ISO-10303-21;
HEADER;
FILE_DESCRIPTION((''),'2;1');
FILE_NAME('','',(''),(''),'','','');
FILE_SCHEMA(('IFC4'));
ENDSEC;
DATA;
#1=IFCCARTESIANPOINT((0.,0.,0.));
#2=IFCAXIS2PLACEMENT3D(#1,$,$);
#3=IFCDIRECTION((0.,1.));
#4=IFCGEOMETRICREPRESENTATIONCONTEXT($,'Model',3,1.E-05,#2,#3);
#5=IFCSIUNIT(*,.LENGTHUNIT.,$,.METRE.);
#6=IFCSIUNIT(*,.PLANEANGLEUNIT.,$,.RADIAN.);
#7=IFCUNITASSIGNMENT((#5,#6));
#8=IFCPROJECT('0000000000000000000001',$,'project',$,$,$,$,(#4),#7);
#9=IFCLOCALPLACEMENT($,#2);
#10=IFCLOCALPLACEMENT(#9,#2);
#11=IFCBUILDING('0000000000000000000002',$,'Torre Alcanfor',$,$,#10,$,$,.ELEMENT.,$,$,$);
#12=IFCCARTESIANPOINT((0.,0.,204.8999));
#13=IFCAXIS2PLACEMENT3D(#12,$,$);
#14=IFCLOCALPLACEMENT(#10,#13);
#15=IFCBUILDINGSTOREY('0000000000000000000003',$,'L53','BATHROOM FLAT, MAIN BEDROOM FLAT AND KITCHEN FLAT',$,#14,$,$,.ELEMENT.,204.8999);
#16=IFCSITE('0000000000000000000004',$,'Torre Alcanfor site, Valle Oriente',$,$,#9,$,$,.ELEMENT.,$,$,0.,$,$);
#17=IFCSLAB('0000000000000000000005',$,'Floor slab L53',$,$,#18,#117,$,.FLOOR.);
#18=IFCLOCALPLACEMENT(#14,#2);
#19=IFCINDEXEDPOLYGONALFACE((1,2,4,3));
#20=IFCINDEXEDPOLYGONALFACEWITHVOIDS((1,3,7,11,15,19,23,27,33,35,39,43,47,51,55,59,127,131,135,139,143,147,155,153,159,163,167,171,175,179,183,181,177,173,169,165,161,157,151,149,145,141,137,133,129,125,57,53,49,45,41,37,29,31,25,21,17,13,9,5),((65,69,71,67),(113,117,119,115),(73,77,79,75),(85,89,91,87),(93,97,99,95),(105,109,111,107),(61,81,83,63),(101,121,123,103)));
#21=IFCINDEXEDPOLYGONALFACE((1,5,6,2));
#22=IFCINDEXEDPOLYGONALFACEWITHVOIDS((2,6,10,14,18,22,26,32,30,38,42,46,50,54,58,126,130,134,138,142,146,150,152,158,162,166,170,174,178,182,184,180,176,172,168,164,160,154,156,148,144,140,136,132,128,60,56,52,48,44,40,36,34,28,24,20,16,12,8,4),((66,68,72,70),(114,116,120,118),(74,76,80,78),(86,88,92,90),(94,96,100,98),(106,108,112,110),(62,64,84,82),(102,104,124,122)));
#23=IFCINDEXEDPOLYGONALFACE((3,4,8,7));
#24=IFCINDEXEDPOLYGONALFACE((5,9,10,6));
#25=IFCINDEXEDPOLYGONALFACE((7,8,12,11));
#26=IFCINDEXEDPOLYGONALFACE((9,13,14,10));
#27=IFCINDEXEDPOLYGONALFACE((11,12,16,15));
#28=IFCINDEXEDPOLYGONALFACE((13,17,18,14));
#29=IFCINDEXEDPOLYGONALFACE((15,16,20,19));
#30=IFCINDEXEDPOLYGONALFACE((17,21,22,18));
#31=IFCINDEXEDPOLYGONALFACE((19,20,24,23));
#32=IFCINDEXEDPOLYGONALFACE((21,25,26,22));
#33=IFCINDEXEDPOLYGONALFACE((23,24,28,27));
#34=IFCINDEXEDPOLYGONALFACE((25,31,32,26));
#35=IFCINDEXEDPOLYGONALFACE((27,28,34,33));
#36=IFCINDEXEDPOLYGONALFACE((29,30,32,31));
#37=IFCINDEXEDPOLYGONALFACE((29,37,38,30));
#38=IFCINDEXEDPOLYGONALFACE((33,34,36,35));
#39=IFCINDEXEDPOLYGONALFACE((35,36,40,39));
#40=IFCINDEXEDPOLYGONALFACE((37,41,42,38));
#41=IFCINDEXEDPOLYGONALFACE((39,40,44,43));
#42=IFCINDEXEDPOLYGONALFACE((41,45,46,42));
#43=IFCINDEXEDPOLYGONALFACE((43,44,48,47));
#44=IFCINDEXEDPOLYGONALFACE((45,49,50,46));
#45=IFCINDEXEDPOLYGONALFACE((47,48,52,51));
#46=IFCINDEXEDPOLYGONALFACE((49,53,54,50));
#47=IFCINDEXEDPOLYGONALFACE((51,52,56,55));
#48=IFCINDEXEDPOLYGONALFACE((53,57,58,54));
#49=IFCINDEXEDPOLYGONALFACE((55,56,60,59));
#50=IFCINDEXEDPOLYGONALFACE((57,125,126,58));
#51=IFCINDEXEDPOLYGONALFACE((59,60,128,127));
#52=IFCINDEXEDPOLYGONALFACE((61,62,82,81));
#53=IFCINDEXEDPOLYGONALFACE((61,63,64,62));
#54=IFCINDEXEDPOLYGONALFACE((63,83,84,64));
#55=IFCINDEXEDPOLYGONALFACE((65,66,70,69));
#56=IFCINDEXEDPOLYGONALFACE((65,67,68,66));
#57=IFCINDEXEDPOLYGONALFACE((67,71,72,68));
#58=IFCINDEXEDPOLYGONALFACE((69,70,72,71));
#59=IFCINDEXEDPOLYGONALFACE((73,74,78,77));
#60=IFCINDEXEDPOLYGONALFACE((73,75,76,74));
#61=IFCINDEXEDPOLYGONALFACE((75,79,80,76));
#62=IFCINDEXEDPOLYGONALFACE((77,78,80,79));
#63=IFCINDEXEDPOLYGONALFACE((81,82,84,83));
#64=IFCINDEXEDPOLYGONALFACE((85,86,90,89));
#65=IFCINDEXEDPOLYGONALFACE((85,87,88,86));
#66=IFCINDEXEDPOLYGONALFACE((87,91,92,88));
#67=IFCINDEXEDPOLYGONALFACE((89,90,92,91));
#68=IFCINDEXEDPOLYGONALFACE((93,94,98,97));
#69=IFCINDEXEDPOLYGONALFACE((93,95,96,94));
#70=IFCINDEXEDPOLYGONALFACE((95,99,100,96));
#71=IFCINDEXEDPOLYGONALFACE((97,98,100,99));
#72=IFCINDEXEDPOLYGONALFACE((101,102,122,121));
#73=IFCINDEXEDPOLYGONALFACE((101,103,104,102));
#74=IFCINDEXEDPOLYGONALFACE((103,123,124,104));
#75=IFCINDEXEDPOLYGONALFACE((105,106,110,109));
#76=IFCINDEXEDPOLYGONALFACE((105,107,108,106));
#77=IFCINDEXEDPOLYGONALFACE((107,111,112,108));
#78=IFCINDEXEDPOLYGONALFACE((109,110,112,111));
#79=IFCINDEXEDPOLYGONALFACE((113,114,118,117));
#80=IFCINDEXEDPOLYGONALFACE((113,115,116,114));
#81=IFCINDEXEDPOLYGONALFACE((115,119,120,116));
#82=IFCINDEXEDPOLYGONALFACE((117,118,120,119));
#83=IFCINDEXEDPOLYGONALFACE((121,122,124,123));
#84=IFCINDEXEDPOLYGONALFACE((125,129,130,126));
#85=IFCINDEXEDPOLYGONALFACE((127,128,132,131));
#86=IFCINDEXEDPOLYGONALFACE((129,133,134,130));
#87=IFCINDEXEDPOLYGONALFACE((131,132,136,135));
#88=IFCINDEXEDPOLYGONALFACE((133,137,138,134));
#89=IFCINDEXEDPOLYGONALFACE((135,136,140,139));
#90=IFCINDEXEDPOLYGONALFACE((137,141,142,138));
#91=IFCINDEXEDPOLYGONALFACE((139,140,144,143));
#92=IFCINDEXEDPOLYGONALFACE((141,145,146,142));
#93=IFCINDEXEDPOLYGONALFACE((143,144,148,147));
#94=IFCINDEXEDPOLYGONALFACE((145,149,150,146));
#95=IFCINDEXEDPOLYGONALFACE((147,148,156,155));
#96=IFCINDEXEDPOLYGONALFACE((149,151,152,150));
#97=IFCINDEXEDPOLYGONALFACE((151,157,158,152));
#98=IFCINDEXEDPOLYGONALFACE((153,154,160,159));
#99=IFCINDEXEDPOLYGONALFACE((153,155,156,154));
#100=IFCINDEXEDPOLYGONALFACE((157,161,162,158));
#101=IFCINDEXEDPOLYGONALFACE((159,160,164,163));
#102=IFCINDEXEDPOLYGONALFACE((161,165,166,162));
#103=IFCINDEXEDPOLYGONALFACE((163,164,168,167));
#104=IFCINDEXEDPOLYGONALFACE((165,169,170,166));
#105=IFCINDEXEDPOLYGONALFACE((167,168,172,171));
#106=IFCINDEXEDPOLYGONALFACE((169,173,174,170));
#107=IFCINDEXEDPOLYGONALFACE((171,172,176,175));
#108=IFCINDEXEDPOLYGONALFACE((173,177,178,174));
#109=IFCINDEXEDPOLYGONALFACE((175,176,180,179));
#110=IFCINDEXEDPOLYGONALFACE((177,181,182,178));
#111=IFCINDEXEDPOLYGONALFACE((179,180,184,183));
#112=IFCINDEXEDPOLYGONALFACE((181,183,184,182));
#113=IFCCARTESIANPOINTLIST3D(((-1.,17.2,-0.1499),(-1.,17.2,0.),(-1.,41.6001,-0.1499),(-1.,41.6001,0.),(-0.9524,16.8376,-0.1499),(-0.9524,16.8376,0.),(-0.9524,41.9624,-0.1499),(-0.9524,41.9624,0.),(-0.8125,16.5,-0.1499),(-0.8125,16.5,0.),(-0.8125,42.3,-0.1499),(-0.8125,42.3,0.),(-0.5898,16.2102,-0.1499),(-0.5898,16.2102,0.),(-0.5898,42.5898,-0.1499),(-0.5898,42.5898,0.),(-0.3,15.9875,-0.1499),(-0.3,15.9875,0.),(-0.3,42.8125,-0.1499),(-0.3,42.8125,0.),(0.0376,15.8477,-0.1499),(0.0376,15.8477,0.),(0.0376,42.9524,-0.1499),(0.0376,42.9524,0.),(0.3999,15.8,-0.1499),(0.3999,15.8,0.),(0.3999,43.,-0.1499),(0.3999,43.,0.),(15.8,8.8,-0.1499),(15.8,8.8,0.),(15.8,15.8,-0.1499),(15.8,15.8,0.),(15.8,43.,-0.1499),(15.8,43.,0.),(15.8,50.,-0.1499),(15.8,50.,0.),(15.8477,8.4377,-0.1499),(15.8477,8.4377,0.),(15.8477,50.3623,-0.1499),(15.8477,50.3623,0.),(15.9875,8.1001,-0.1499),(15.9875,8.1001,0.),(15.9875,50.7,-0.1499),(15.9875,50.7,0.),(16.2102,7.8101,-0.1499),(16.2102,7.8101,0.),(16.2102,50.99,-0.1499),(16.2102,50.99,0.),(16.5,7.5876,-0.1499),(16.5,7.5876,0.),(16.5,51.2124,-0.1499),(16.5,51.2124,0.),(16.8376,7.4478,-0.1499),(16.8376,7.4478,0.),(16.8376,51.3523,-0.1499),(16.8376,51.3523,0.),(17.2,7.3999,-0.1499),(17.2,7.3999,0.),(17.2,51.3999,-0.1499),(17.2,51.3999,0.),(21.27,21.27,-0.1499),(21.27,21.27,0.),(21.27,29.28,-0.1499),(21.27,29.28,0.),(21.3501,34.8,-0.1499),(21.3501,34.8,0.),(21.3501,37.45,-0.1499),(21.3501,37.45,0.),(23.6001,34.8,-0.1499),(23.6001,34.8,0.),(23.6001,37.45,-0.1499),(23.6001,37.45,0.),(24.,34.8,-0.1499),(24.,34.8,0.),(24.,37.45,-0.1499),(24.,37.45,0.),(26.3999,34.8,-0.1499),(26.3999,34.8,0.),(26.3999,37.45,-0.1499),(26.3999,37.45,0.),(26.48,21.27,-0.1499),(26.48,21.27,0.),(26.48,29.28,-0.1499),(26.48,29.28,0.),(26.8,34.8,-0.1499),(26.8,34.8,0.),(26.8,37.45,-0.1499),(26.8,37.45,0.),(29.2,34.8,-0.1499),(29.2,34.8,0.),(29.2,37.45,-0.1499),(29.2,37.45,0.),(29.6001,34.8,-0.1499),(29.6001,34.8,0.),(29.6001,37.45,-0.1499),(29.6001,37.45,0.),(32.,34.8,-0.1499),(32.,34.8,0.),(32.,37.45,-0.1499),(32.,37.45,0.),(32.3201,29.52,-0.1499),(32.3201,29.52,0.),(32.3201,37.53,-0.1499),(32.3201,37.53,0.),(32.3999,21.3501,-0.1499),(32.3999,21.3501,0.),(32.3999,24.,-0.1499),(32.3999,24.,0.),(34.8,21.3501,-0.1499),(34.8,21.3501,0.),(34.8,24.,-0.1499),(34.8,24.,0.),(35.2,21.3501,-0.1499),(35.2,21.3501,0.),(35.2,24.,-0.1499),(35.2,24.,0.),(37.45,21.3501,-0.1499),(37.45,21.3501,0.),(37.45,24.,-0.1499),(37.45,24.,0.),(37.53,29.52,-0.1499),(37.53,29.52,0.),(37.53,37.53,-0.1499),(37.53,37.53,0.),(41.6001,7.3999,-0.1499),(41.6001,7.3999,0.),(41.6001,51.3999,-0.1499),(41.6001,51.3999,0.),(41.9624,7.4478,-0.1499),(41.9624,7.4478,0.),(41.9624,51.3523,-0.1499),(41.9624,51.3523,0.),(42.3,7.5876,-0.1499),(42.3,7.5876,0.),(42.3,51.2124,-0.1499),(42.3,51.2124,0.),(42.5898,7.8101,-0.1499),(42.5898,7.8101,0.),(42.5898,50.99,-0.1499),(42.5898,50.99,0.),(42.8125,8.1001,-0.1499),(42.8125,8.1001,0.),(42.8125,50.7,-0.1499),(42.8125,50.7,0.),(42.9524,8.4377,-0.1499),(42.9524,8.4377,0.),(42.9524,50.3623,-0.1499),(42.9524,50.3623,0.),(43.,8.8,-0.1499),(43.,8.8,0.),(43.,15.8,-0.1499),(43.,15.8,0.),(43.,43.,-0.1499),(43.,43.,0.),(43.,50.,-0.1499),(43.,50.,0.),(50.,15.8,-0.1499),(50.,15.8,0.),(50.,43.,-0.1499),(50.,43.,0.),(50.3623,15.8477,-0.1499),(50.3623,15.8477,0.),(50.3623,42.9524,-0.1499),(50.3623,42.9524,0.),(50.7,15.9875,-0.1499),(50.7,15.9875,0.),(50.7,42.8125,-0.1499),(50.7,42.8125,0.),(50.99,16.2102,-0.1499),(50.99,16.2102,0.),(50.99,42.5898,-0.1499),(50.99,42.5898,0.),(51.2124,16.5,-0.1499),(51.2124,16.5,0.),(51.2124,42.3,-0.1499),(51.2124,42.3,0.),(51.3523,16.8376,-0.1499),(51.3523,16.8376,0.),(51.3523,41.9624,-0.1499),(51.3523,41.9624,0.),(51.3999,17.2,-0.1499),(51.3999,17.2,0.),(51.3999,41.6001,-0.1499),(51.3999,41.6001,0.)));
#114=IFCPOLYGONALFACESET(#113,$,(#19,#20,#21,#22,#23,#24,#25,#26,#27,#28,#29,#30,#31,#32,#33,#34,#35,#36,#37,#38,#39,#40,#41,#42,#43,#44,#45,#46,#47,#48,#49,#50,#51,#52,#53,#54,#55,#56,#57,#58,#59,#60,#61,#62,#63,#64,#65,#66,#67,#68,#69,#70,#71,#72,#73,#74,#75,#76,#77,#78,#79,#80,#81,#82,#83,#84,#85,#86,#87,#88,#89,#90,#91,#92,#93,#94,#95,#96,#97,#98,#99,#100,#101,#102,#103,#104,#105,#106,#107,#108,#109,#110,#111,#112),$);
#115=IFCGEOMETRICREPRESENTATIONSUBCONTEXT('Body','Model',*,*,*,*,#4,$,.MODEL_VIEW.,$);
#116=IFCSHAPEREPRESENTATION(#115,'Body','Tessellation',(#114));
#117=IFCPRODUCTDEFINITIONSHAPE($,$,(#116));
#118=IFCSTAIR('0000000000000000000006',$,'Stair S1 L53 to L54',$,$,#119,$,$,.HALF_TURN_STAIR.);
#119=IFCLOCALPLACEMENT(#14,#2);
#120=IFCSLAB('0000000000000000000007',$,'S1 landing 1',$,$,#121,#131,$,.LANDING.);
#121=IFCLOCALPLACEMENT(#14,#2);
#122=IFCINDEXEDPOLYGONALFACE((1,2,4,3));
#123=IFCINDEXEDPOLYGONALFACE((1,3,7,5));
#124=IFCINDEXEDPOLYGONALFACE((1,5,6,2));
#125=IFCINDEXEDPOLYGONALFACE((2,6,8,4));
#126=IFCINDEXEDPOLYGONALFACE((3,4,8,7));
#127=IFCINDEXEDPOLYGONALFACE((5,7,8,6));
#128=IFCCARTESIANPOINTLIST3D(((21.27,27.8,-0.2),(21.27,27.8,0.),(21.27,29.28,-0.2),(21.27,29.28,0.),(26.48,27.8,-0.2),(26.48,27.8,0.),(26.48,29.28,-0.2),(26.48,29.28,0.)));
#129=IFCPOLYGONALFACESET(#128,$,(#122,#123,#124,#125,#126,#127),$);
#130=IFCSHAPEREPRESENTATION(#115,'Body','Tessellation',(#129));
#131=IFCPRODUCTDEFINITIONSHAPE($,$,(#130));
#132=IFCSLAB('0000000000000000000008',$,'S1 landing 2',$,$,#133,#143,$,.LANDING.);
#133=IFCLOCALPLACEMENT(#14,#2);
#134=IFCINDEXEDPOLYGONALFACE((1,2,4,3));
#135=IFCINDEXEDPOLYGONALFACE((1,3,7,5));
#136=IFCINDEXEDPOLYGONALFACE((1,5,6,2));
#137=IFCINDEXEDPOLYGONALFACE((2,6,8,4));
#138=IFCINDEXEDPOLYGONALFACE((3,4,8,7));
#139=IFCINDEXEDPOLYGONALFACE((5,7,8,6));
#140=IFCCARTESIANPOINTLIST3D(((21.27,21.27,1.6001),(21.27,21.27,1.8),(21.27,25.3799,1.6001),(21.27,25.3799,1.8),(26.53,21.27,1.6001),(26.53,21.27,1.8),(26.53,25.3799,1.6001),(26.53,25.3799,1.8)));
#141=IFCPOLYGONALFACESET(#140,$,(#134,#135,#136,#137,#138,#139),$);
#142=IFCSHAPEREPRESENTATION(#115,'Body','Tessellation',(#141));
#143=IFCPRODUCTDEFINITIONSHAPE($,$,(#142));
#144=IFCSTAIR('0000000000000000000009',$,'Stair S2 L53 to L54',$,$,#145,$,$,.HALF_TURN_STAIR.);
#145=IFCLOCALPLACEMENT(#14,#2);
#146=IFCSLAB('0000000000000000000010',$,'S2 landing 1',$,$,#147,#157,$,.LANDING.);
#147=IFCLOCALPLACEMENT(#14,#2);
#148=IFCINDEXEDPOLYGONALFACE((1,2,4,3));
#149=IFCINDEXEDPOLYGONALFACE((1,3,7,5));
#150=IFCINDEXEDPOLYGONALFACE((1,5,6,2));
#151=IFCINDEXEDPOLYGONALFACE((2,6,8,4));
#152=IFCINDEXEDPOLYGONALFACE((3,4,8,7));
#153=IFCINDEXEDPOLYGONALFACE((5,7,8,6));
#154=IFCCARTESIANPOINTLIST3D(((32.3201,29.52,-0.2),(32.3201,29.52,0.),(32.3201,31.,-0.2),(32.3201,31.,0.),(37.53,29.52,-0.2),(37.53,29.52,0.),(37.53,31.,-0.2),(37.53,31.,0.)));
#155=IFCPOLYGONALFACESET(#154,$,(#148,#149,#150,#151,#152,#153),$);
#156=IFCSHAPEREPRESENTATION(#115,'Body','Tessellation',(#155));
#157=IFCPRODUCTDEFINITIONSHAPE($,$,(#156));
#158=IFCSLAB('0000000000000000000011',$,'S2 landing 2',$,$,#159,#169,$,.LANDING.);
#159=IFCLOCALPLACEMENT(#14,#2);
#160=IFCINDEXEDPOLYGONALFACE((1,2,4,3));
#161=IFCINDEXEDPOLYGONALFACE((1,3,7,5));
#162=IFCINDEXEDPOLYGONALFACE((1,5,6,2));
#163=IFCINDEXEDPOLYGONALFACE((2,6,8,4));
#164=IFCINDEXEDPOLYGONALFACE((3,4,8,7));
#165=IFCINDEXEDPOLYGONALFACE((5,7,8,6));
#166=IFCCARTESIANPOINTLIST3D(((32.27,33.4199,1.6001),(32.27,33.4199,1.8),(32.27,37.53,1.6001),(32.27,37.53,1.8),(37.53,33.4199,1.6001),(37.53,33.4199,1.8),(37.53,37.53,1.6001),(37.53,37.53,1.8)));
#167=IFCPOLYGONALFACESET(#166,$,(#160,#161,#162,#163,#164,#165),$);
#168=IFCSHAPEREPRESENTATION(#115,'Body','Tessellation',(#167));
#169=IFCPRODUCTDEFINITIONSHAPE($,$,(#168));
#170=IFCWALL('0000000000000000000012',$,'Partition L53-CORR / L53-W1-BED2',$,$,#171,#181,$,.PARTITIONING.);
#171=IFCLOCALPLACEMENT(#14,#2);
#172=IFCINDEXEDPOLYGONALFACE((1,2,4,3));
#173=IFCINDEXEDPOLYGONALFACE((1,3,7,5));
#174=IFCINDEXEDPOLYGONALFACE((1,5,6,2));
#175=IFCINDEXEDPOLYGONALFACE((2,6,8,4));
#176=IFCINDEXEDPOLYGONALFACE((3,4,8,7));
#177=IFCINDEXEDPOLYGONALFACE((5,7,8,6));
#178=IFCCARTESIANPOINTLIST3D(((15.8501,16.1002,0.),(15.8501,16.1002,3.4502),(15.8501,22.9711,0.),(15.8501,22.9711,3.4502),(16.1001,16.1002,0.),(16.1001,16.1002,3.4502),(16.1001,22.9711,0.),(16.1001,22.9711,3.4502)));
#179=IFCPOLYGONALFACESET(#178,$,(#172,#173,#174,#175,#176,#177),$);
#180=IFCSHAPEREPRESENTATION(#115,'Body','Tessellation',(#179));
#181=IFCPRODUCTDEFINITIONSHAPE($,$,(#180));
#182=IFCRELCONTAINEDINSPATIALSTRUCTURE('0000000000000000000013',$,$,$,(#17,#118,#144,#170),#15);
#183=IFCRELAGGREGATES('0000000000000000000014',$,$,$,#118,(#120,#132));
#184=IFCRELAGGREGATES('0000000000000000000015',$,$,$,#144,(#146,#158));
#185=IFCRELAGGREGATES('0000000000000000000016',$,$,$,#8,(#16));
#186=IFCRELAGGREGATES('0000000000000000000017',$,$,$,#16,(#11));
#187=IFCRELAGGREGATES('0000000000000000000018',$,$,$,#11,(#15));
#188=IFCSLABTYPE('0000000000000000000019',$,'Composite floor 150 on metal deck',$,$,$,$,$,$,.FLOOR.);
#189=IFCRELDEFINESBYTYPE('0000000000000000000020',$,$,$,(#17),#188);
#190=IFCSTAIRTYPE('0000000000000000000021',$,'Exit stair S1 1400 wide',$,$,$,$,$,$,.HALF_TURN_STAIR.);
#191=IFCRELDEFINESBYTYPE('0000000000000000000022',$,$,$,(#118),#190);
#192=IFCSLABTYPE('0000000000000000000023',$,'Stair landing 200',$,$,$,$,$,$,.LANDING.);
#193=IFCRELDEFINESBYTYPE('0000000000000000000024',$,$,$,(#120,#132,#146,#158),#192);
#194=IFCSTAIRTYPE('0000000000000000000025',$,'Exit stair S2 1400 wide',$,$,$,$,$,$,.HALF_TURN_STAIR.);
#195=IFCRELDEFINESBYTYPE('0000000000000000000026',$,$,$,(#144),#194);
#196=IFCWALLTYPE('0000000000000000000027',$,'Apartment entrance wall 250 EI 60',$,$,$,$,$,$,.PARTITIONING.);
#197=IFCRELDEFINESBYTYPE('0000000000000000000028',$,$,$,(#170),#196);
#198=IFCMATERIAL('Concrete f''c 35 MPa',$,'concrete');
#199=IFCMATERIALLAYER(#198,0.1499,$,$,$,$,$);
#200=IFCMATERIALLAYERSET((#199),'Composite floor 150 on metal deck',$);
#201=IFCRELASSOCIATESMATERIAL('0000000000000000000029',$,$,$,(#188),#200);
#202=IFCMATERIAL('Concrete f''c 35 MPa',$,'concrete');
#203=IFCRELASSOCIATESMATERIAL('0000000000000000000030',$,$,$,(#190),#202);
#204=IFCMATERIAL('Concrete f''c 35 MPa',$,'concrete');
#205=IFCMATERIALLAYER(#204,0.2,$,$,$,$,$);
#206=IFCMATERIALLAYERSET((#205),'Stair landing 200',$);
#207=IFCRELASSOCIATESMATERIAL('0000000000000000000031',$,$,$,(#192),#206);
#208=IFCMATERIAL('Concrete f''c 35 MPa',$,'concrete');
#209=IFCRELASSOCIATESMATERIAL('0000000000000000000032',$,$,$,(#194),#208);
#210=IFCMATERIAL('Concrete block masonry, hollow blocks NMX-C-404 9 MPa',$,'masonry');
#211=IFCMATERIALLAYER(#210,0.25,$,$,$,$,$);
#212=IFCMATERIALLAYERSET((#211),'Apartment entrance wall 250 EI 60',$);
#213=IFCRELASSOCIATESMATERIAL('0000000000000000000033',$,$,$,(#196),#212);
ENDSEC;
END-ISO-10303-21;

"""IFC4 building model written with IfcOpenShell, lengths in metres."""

from ifc_helpers import new_model, si_unit, direction, frame, frame_2d, origin, place, context, subcontext, project, spatial, polyline, rectangle, outline, extrude, material, layer, layer_set, type_object, element, aggregate, save


model = new_model("IFC4")

# Units and contexts
model_context = context("Model", 3, precision=1e-05, world=origin(), true_north=direction((0.0, 1.0)))
body_context = subcontext(model_context, "Body", "Model", "MODEL_VIEW")
ifc_project = project(units=[si_unit("LENGTHUNIT", "METRE"), si_unit("PLANEANGLEUNIT", "RADIAN")], contexts=[model_context])

# Site, building, storey
site_placement = place(None, origin())
site = spatial("IfcSite", under=ifc_project, at=site_placement, Name="Torre Alcanfor site, Valle Oriente", CompositionType="ELEMENT", RefElevation=0.0)
building_placement = place(site_placement, origin())
building = spatial("IfcBuilding", under=site, at=building_placement, Name="Torre Alcanfor", CompositionType="ELEMENT")
storey_placement = place(building_placement, frame((0.0, 0.0, 204.8999)))
storey = spatial("IfcBuildingStorey", under=building, at=storey_placement, Name="L53", Description="BATHROOM FLAT, MAIN BEDROOM FLAT AND KITCHEN FLAT", CompositionType="ELEMENT", Elevation=204.8999)

# Slab
ifc_material_1 = material(Name="Concrete f'c 35 MPa", Category="concrete")
ifc_layer_1 = layer(ifc_material_1, 0.1499)
ifc_layer_set_1 = layer_set([ifc_layer_1], Name="Composite floor 150 on metal deck")
slab_type_1 = type_object("IfcSlabType", Name="Composite floor 150 on metal deck", PredefinedType="FLOOR", material=ifc_layer_set_1)
slab_1_placement = place(storey_placement, frame((0.0, 0.0, -0.1499)))
element("IfcSlab", 1, at=slab_1_placement, inside=storey, type_object=slab_type_1, Name="Floor slab L53", PredefinedType="FLOOR", context=body_context, shape_type="SweptSolid", body=[
    extrude(outline(polyline([(15.8, 43.0), (0.3999, 43.0), (0.0376, 42.9524), (-0.3, 42.8125), (-0.5898, 42.5898), (-0.8125, 42.3), (-0.9524, 41.9624), (-1.0, 41.6001), (-1.0, 17.2), (-0.9524, 16.8376), (-0.8125, 16.5), (-0.5898, 16.2102), (-0.3, 15.9875), (0.0376, 15.8477), (0.3999, 15.8), (15.8, 15.8), (15.8, 8.8), (15.8477, 8.4377), (15.9875, 8.1001), (16.2102, 7.8101), (16.5, 7.5876), (16.8376, 7.4478), (17.2, 7.3999), (41.6001, 7.3999), (41.9624, 7.4478), (42.3, 7.5876), (42.5898, 7.8101), (42.8125, 8.1001), (42.9524, 8.4377), (43.0, 8.8), (43.0, 15.8), (50.0, 15.8), (50.3623, 15.8477), (50.7, 15.9875), (50.99, 16.2102), (51.2124, 16.5), (51.3523, 16.8376), (51.3999, 17.2), (51.3999, 41.6001), (51.3523, 41.9624), (51.2124, 42.3), (50.99, 42.5898), (50.7, 42.8125), (50.3623, 42.9524), (50.0, 43.0), (43.0, 43.0), (43.0, 50.0), (42.9524, 50.3623), (42.8125, 50.7), (42.5898, 50.99), (42.3, 51.2124), (41.9624, 51.3523), (41.6001, 51.3999), (17.2, 51.3999), (16.8376, 51.3523), (16.5, 51.2124), (16.2102, 50.99), (15.9875, 50.7), (15.8477, 50.3623), (15.8, 50.0), (15.8, 43.0)]), holes=[polyline([(21.27, 21.27), (26.48, 21.27), (26.48, 29.28), (21.27, 29.28), (21.27, 21.27)]), polyline([(32.3201, 29.52), (37.53, 29.52), (37.53, 37.53), (32.3201, 37.53), (32.3201, 29.52)]), polyline([(32.3999, 21.3501), (34.8, 21.3501), (34.8, 24.0), (32.3999, 24.0), (32.3999, 21.3501)]), polyline([(35.2, 21.3501), (37.45, 21.3501), (37.45, 24.0), (35.2, 24.0), (35.2, 21.3501)]), polyline([(21.3501, 34.8), (23.6001, 34.8), (23.6001, 37.45), (21.3501, 37.45), (21.3501, 34.8)]), polyline([(24.0, 34.8), (26.3999, 34.8), (26.3999, 37.45), (24.0, 37.45), (24.0, 34.8)]), polyline([(26.8, 34.8), (29.2, 34.8), (29.2, 37.45), (26.8, 37.45), (26.8, 34.8)]), polyline([(29.6001, 34.8), (32.0, 34.8), (32.0, 37.45), (29.6001, 37.45), (29.6001, 34.8)])]), origin(), (0.0, 0.0, 1.0), 0.1499),
])

# Stairs, slabs
ifc_material_2 = material(Name="Concrete f'c 35 MPa", Category="concrete")
stair_type_1 = type_object("IfcStairType", Name="Exit stair S1 1400 wide", PredefinedType="HALF_TURN_STAIR", material=ifc_material_2)
stair_1_placement = place(storey_placement, origin())
stair_1 = element("IfcStair", 2, at=stair_1_placement, inside=storey, type_object=stair_type_1, Name="Stair S1 L53 to L54", PredefinedType="HALF_TURN_STAIR")
ifc_material_3 = material(Name="Concrete f'c 35 MPa", Category="concrete")
ifc_layer_2 = layer(ifc_material_3, 0.2)
ifc_layer_set_2 = layer_set([ifc_layer_2], Name="Stair landing 200")
slab_type_2 = type_object("IfcSlabType", Name="Stair landing 200", PredefinedType="LANDING", material=ifc_layer_set_2)
slab_2_placement = place(storey_placement, frame((0.0, 0.0, -0.2)))
slab_2 = element("IfcSlab", 3, at=slab_2_placement, type_object=slab_type_2, Name="S1 landing 1", PredefinedType="LANDING", context=body_context, shape_type="SweptSolid", body=[
    extrude(outline(polyline([(21.27, 27.8), (26.48, 27.8), (26.48, 29.28), (21.27, 29.28), (21.27, 27.8)])), origin(), (0.0, 0.0, 1.0), 0.2),
])
slab_3_placement = place(storey_placement, frame((0.0, 0.0, 1.6001)))
slab_3 = element("IfcSlab", 4, at=slab_3_placement, type_object=slab_type_2, Name="S1 landing 2", PredefinedType="LANDING", context=body_context, shape_type="SweptSolid", body=[
    extrude(outline(polyline([(21.27, 21.27), (26.53, 21.27), (26.53, 25.3799), (21.27, 25.3799), (21.27, 21.27)])), origin(), (0.0, 0.0, 1.0), 0.2),
])
aggregate(stair_1, [slab_2, slab_3])
ifc_material_4 = material(Name="Concrete f'c 35 MPa", Category="concrete")
stair_type_2 = type_object("IfcStairType", Name="Exit stair S2 1400 wide", PredefinedType="HALF_TURN_STAIR", material=ifc_material_4)
stair_2_placement = place(storey_placement, origin())
stair_2 = element("IfcStair", 5, at=stair_2_placement, inside=storey, type_object=stair_type_2, Name="Stair S2 L53 to L54", PredefinedType="HALF_TURN_STAIR")
slab_4_placement = place(storey_placement, frame((0.0, 0.0, -0.2)))
slab_4 = element("IfcSlab", 6, at=slab_4_placement, type_object=slab_type_2, Name="S2 landing 1", PredefinedType="LANDING", context=body_context, shape_type="SweptSolid", body=[
    extrude(outline(polyline([(32.3201, 29.52), (37.53, 29.52), (37.53, 31.0), (32.3201, 31.0), (32.3201, 29.52)])), origin(), (0.0, 0.0, 1.0), 0.2),
])
slab_5_placement = place(storey_placement, frame((0.0, 0.0, 1.6001)))
slab_5 = element("IfcSlab", 7, at=slab_5_placement, type_object=slab_type_2, Name="S2 landing 2", PredefinedType="LANDING", context=body_context, shape_type="SweptSolid", body=[
    extrude(outline(polyline([(32.27, 33.4199), (37.53, 33.4199), (37.53, 37.53), (32.27, 37.53), (32.27, 33.4199)])), origin(), (0.0, 0.0, 1.0), 0.2),
])
aggregate(stair_2, [slab_4, slab_5])

# Wall
ifc_material_5 = material(Name="Concrete block masonry, hollow blocks NMX-C-404 9 MPa", Category="masonry")
ifc_layer_3 = layer(ifc_material_5, 0.25)
ifc_layer_set_3 = layer_set([ifc_layer_3], Name="Apartment entrance wall 250 EI 60")
wall_type_1 = type_object("IfcWallType", Name="Apartment entrance wall 250 EI 60", PredefinedType="PARTITIONING", material=ifc_layer_set_3)
wall_1_placement = place(storey_placement, frame((15.9751, 16.1001, 0.0), z_axis=(0.0, 0.0, 1.0), x_axis=(0.0, 1.0, 0.0)))
element("IfcWall", 8, at=wall_1_placement, inside=storey, type_object=wall_type_1, Name="Partition L53-CORR / L53-W1-BED2", PredefinedType="PARTITIONING", context=body_context, shape_type="SweptSolid", body=[
    extrude(rectangle(XDim=6.8708, YDim=0.25, at=frame_2d((3.4355, 0.0))), origin(), (0.0, 0.0, 1.0), 3.4502),
])

save(model, "model.ifc")
